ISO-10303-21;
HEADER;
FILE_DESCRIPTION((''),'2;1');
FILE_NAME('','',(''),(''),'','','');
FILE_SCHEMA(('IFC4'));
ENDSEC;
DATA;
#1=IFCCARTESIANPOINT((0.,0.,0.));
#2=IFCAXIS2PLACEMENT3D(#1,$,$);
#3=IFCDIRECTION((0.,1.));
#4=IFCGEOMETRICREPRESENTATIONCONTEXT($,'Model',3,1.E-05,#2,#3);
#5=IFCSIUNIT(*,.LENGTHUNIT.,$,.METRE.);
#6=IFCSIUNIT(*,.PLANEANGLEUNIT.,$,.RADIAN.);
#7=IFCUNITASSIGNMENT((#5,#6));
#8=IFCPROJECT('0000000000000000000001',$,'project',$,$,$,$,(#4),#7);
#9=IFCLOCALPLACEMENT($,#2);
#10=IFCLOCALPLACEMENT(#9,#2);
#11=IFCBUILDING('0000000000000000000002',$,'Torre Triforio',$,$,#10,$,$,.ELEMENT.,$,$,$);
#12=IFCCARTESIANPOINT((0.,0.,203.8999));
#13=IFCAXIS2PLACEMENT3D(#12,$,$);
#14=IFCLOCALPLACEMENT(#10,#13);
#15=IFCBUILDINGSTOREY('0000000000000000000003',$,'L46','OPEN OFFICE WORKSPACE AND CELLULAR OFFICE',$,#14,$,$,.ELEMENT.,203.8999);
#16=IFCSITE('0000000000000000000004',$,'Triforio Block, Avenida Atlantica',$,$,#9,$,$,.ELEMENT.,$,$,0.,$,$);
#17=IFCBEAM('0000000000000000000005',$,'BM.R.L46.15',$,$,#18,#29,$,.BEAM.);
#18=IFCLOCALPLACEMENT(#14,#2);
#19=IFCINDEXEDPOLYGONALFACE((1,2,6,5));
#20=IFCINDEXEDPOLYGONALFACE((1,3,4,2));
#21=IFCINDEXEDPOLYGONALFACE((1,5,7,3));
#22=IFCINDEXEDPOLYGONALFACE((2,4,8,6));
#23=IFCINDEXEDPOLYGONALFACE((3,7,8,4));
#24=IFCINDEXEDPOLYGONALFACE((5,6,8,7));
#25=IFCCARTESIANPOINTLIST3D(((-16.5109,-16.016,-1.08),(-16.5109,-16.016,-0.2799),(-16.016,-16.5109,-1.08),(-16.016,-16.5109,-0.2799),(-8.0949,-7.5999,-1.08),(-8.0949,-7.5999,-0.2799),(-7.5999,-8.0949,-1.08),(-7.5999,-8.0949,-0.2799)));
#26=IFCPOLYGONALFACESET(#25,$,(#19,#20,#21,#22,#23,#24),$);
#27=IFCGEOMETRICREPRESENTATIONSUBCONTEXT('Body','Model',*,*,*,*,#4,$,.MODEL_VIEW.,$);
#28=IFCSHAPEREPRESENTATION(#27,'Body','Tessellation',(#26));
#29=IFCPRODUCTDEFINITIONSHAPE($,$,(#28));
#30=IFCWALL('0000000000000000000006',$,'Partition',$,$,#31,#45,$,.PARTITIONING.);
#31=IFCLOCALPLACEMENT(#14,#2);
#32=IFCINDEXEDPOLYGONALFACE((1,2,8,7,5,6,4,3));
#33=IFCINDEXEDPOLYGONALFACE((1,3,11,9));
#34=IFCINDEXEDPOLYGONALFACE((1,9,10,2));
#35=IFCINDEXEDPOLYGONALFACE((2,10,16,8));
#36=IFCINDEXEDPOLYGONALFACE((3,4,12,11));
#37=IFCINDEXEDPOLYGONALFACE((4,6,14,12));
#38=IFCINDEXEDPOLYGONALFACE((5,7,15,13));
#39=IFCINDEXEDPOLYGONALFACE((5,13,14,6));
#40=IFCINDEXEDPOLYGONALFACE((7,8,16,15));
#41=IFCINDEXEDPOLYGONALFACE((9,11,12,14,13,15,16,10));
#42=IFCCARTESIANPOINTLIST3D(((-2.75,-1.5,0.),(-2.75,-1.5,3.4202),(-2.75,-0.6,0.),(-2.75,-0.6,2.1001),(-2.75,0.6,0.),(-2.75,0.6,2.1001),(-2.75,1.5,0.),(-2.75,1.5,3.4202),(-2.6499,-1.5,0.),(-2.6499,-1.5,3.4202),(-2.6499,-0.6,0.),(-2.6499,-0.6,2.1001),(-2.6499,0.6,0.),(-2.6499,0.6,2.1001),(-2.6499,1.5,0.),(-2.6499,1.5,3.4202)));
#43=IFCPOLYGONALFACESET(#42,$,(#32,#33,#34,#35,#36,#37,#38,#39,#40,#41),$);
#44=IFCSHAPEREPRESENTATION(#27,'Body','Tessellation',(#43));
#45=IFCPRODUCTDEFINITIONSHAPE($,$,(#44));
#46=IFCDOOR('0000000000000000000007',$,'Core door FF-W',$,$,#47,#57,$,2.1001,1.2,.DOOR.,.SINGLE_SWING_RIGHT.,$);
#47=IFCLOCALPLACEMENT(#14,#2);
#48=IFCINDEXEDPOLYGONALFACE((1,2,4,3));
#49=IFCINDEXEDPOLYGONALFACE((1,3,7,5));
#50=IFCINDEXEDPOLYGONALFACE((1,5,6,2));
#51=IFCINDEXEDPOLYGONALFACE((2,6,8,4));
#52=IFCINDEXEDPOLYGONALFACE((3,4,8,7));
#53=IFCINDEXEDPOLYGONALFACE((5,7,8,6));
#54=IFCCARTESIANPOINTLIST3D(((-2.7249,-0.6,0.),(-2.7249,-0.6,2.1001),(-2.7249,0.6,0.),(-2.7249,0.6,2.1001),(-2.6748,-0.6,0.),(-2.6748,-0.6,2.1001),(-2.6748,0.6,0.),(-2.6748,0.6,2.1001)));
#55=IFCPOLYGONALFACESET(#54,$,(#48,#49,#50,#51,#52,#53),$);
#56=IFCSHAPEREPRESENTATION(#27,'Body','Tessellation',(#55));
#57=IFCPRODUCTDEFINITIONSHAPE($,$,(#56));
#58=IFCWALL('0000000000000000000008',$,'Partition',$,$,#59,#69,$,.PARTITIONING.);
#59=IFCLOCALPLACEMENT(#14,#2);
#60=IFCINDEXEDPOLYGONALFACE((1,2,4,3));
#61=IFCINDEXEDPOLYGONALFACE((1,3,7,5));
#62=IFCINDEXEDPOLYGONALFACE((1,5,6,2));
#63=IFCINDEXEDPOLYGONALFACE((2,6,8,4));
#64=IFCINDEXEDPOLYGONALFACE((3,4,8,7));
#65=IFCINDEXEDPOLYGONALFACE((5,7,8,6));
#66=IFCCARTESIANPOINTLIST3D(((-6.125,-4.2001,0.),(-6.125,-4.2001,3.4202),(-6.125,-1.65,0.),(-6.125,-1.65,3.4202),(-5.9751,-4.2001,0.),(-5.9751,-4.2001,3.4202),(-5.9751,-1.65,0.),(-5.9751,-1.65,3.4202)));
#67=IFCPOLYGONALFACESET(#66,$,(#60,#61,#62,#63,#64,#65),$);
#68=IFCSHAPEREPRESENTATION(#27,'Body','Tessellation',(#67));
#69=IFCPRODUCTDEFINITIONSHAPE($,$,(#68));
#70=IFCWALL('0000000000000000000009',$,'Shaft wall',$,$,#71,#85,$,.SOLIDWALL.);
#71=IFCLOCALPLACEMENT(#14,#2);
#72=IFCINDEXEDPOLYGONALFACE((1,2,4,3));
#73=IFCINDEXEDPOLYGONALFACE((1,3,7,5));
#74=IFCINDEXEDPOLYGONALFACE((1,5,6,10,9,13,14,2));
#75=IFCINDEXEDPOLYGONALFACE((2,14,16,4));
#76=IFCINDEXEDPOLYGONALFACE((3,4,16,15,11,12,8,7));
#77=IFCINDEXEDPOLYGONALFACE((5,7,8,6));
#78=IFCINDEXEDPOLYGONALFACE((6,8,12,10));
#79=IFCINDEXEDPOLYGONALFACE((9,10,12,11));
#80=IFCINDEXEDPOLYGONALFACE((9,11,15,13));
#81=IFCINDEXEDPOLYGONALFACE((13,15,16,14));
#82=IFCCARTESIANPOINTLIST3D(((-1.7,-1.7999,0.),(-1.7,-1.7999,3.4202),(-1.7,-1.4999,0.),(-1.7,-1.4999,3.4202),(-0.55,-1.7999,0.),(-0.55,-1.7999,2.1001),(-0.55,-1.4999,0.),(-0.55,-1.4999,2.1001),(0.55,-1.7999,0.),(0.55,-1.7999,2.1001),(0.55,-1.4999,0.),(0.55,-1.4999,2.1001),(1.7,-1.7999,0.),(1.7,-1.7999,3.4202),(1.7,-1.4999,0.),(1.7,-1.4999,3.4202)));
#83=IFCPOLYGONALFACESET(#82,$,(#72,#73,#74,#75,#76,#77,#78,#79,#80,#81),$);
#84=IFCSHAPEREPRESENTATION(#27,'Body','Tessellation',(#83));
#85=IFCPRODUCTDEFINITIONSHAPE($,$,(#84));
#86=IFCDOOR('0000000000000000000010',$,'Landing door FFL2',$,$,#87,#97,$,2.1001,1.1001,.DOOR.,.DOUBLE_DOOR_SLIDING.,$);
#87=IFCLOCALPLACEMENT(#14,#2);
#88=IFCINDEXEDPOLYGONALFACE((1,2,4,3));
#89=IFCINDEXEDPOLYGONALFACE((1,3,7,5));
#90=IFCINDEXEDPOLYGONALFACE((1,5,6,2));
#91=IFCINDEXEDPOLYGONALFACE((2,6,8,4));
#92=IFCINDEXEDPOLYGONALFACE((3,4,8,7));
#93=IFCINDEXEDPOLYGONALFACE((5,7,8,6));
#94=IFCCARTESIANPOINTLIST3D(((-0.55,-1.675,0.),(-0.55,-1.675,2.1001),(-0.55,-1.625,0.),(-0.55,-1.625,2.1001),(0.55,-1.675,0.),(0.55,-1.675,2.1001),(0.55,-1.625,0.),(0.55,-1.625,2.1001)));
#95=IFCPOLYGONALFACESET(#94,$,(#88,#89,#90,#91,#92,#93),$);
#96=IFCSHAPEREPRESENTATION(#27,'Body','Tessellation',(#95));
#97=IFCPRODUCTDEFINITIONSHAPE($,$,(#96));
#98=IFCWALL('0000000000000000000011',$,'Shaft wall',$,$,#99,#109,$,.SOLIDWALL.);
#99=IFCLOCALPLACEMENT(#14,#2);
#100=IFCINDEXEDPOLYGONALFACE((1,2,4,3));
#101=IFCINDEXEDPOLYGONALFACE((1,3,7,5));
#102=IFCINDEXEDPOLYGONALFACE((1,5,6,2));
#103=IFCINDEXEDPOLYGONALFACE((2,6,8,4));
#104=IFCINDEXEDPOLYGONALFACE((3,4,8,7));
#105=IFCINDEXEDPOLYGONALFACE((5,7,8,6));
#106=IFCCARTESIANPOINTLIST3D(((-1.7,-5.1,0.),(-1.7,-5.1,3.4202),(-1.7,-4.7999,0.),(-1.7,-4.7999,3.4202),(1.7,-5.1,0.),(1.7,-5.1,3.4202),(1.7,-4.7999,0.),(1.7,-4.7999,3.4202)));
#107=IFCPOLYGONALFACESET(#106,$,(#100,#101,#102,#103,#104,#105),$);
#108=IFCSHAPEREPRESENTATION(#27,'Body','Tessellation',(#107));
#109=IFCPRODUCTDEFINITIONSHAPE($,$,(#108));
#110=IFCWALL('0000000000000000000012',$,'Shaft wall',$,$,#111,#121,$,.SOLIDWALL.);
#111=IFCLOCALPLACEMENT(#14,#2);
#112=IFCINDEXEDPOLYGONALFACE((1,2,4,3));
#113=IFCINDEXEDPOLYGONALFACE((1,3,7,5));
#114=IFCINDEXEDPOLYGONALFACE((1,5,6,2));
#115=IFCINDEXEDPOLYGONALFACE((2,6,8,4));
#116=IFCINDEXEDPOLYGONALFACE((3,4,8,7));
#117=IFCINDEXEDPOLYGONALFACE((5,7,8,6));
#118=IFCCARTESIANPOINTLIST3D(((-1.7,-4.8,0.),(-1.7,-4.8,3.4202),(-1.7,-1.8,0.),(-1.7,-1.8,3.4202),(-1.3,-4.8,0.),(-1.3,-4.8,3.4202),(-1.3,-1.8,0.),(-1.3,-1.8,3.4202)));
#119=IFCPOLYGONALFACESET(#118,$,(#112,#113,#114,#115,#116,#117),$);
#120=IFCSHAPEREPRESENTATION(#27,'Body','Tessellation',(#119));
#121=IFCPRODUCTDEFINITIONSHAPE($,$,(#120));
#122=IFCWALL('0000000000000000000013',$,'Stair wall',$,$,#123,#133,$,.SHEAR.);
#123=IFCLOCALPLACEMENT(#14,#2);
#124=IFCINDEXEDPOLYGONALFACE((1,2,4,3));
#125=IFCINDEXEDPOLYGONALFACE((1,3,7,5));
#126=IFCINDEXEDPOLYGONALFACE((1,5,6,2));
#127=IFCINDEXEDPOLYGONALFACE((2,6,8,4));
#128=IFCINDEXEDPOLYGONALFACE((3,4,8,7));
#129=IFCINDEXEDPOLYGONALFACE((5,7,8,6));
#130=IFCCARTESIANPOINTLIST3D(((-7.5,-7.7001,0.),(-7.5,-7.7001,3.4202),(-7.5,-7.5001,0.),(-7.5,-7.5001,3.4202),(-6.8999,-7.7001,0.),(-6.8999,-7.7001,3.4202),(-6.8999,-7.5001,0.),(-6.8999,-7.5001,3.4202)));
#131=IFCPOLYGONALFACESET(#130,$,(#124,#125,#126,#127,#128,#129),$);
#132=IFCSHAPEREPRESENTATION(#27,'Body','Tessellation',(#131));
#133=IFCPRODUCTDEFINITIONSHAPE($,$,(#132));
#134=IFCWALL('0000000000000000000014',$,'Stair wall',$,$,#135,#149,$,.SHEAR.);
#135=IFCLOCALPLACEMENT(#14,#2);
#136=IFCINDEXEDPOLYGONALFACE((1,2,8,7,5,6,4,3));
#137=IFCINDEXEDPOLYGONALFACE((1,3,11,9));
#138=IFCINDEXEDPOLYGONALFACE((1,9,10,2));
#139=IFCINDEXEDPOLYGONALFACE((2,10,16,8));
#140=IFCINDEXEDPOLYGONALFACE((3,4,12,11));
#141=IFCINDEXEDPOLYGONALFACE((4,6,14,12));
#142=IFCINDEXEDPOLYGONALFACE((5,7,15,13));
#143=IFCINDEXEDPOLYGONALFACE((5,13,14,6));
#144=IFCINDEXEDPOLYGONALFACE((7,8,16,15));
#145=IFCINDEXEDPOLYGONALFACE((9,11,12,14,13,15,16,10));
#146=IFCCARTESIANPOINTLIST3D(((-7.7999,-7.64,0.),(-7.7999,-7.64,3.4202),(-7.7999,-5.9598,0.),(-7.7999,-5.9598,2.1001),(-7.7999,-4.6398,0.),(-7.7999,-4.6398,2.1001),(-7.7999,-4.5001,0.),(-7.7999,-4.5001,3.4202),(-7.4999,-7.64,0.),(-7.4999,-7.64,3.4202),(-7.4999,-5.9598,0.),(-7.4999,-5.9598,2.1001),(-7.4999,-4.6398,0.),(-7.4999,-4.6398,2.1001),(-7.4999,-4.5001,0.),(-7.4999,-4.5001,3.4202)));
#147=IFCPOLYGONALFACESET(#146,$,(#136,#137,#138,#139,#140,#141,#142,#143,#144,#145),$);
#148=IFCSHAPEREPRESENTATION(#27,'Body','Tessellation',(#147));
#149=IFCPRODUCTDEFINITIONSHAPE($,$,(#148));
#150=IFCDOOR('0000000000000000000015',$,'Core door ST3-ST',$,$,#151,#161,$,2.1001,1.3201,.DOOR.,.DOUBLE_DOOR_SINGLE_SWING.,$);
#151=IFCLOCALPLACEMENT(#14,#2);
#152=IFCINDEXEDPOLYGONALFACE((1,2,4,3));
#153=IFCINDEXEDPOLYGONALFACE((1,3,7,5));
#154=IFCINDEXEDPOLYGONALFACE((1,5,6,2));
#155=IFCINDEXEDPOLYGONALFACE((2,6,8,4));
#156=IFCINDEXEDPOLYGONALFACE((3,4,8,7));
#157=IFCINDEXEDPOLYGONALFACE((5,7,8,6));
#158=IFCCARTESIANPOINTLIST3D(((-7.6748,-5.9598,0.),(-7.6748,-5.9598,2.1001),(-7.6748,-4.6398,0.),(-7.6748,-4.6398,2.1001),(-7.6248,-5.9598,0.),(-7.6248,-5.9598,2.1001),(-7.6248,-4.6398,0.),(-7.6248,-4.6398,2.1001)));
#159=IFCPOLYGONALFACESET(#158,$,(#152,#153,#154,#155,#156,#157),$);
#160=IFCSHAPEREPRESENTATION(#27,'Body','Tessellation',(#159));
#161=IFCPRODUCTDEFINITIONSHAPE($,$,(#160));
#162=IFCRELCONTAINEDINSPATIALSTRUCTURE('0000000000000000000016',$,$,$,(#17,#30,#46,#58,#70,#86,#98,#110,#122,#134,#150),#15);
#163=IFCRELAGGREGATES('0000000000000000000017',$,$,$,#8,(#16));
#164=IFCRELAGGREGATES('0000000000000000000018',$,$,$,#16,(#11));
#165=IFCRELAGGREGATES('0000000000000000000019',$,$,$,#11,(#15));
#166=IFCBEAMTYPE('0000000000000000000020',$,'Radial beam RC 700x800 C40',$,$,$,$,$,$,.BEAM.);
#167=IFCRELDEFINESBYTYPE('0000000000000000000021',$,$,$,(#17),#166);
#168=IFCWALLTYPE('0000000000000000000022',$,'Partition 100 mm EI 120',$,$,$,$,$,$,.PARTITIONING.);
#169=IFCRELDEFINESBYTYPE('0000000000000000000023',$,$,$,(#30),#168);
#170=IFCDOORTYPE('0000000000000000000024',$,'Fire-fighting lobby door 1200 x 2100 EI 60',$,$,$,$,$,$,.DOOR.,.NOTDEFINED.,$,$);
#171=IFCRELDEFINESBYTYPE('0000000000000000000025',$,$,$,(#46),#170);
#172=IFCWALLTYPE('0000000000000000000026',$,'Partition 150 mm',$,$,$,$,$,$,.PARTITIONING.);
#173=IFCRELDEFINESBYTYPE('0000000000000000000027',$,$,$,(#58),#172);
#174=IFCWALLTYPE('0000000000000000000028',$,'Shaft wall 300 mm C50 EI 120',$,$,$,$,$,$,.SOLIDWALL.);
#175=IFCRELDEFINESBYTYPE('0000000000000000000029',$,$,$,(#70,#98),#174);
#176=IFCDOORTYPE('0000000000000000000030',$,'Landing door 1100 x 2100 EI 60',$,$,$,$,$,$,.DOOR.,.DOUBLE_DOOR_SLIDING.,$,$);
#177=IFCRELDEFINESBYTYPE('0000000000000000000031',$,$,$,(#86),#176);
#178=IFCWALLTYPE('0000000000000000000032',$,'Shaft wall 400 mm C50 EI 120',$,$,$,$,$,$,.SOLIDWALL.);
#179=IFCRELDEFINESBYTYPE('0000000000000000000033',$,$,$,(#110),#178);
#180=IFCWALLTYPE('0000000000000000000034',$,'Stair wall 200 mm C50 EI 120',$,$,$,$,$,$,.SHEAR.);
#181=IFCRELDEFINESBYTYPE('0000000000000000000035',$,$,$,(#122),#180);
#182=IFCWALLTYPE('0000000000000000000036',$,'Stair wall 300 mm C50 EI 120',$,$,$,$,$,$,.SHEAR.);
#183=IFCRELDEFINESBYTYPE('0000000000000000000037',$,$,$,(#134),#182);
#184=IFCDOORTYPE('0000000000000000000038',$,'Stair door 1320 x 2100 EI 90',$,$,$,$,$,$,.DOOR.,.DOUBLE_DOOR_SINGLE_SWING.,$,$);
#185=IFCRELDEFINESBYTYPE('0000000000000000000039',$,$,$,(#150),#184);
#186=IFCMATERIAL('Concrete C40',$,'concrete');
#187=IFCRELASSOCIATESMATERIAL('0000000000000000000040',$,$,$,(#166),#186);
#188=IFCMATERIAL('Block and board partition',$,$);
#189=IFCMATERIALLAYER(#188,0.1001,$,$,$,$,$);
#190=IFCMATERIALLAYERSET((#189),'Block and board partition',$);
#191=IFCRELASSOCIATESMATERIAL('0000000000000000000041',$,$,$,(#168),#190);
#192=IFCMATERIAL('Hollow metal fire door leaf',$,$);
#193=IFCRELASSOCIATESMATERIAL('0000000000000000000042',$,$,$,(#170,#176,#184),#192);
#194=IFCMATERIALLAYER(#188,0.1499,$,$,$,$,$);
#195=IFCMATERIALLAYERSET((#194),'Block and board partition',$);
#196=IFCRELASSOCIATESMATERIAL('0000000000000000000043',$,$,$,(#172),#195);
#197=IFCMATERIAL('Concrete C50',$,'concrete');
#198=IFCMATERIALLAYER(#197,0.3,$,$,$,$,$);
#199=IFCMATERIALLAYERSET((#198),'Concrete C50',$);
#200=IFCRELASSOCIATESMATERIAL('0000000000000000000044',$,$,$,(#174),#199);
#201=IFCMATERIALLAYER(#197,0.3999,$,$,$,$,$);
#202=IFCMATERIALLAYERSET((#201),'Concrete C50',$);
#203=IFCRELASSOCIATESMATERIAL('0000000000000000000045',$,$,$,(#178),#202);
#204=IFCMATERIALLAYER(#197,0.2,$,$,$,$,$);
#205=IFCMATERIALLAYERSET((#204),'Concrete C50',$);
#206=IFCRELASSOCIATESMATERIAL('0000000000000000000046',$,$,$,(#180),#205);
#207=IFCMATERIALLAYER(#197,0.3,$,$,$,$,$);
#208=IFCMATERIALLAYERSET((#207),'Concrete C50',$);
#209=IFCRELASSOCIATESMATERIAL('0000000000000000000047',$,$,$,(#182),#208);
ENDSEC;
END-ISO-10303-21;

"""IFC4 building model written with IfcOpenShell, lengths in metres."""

from ifc_helpers import new_model, si_unit, direction, frame, frame_2d, origin, origin_2d, place, context, subcontext, project, spatial, rectangle, extrude, material, layer, layer_set, material_profile, profile_set, type_object, element, fill, save


model = new_model("IFC4")

# Units and contexts
model_context = context("Model", 3, precision=1e-05, world=origin(), true_north=direction((0.0, 1.0)))
body_context = subcontext(model_context, "Body", "Model", "MODEL_VIEW")
ifc_project = project(units=[si_unit("LENGTHUNIT", "METRE"), si_unit("PLANEANGLEUNIT", "RADIAN")], contexts=[model_context])

# Site, building, storey
site_placement = place(None, origin())
site = spatial("IfcSite", under=ifc_project, at=site_placement, Name="Triforio Block, Avenida Atlantica", CompositionType="ELEMENT", RefElevation=0.0)
building_placement = place(site_placement, origin())
building = spatial("IfcBuilding", under=site, at=building_placement, Name="Torre Triforio", CompositionType="ELEMENT")
storey_placement = place(building_placement, frame((0.0, 0.0, 203.8999)))
storey = spatial("IfcBuildingStorey", under=building, at=storey_placement, Name="L46", Description="OPEN OFFICE WORKSPACE AND CELLULAR OFFICE", CompositionType="ELEMENT", Elevation=203.8999)

# Beam
ifc_material_1 = material(Name="Concrete C40", Category="concrete")
ifc_material_profile = material_profile(ifc_material_1, rectangle(XDim=0.7, YDim=0.8, at=origin_2d()), Name="RC 700x800")
ifc_profile_set = profile_set([ifc_material_profile], Name="Concrete C40")
beam_type = type_object("IfcBeamType", Name="Radial beam RC 700x800 C40", PredefinedType="BEAM", material=ifc_profile_set)
beam_placement = place(storey_placement, frame((-7.8474, -7.8474, -0.6799), z_axis=(-0.707107, -0.707107, 0.0), x_axis=(0.707107, -0.707107, 0.0)))
element("IfcBeam", 1, at=beam_placement, inside=storey, type_object=beam_type, Name="BM.R.L46.15", PredefinedType="BEAM", context=body_context, shape_type="SweptSolid", body=[
    extrude(rectangle(XDim=0.7, YDim=0.8, at=origin_2d()), origin(), (0.0, 0.0, 1.0), 11.9021),
])

# Wall, opening, door
ifc_material_2 = material(Name="Block and board partition")
ifc_layer_1 = layer(ifc_material_2, 0.1001)
ifc_layer_set_1 = layer_set([ifc_layer_1], Name="Block and board partition")
wall_type_1 = type_object("IfcWallType", Name="Partition 100 mm EI 120", PredefinedType="PARTITIONING", material=ifc_layer_set_1)
wall_1_placement = place(storey_placement, frame((-2.7, -1.5, 0.0), z_axis=(0.0, 0.0, 1.0), x_axis=(0.0, 1.0, 0.0)))
wall_1 = element("IfcWall", 2, at=wall_1_placement, inside=storey, type_object=wall_type_1, Name="Partition", PredefinedType="PARTITIONING", context=body_context, shape_type="SweptSolid", body=[
    extrude(rectangle(XDim=3.0, YDim=0.1001, at=frame_2d((1.5, 0.0))), origin(), (0.0, 0.0, 1.0), 3.4202),
])
opening_1_placement = place(wall_1_placement, frame((0.8999, 0.0, 0.0)))
opening_1 = element("IfcOpeningElement", 3, at=opening_1_placement, cuts=wall_1, PredefinedType="OPENING", context=body_context, shape_type="SweptSolid", body=[
    extrude(rectangle(XDim=1.2, YDim=2.1001, at=frame_2d((0.6001, 1.05))), frame((0.0, 0.0601, 0.0), z_axis=(0.0, -1.0, 0.0), x_axis=(1.0, 0.0, 0.0)), (0.0, 0.0, 1.0), 0.1201),
])
ifc_material_3 = material(Name="Hollow metal fire door leaf")
door_type_1 = type_object("IfcDoorType", Name="Fire-fighting lobby door 1200 x 2100 EI 60", OperationType="NOTDEFINED", PredefinedType="DOOR", material=ifc_material_3)
door_1_placement = place(opening_1_placement, origin())
door_1 = element("IfcDoor", 4, at=door_1_placement, inside=storey, type_object=door_type_1, Name="Core door FF-W", OperationType="SINGLE_SWING_RIGHT", OverallHeight=2.1001, OverallWidth=1.2, PredefinedType="DOOR", context=body_context, shape_type="SweptSolid", body=[
    extrude(rectangle(XDim=1.2, YDim=2.1001, at=frame_2d((0.6001, 1.05))), frame((0.0, 0.0249, 0.0), z_axis=(0.0, -1.0, 0.0), x_axis=(1.0, 0.0, 0.0)), (0.0, 0.0, 1.0), 0.05),
])
fill(opening_1, door_1)

# Wall
ifc_layer_2 = layer(ifc_material_2, 0.1499)
ifc_layer_set_2 = layer_set([ifc_layer_2], Name="Block and board partition")
wall_type_2 = type_object("IfcWallType", Name="Partition 150 mm", PredefinedType="PARTITIONING", material=ifc_layer_set_2)
wall_2_placement = place(storey_placement, frame((-6.05, -4.2, 0.0), z_axis=(0.0, 0.0, 1.0), x_axis=(0.0, 1.0, 0.0)))
element("IfcWall", 5, at=wall_2_placement, inside=storey, type_object=wall_type_2, Name="Partition", PredefinedType="PARTITIONING", context=body_context, shape_type="SweptSolid", body=[
    extrude(rectangle(XDim=2.55, YDim=0.1499, at=frame_2d((1.2749, 0.0))), origin(), (0.0, 0.0, 1.0), 3.4202),
])

# Wall, opening, door
ifc_material_4 = material(Name="Concrete C50", Category="concrete")
ifc_layer_3 = layer(ifc_material_4, 0.3)
ifc_layer_set_3 = layer_set([ifc_layer_3], Name="Concrete C50")
wall_type_3 = type_object("IfcWallType", Name="Shaft wall 300 mm C50 EI 120", PredefinedType="SOLIDWALL", material=ifc_layer_set_3)
wall_3_placement = place(storey_placement, frame((-1.7, -1.6499, 0.0), z_axis=(0.0, 0.0, 1.0), x_axis=(1.0, 0.0, 0.0)))
wall_3 = element("IfcWall", 6, at=wall_3_placement, inside=storey, type_object=wall_type_3, Name="Shaft wall", PredefinedType="SOLIDWALL", context=body_context, shape_type="SweptSolid", body=[
    extrude(rectangle(XDim=3.3999, YDim=0.3, at=frame_2d((1.7, 0.0))), origin(), (0.0, 0.0, 1.0), 3.4202),
])
opening_2_placement = place(wall_3_placement, frame((1.1499, 0.0, 0.0)))
opening_2 = element("IfcOpeningElement", 7, at=opening_2_placement, cuts=wall_3, PredefinedType="OPENING", context=body_context, shape_type="SweptSolid", body=[
    extrude(rectangle(XDim=1.1001, YDim=2.1001, at=frame_2d((0.55, 1.05))), frame((0.0, 0.1599, 0.0), z_axis=(0.0, -1.0, 0.0), x_axis=(1.0, 0.0, 0.0)), (0.0, 0.0, 1.0), 0.3201),
])
door_type_2 = type_object("IfcDoorType", Name="Landing door 1100 x 2100 EI 60", OperationType="DOUBLE_DOOR_SLIDING", PredefinedType="DOOR", material=ifc_material_3)
door_2_placement = place(opening_2_placement, origin())
door_2 = element("IfcDoor", 8, at=door_2_placement, inside=storey, type_object=door_type_2, Name="Landing door FFL2", OperationType="DOUBLE_DOOR_SLIDING", OverallHeight=2.1001, OverallWidth=1.1001, PredefinedType="DOOR", context=body_context, shape_type="SweptSolid", body=[
    extrude(rectangle(XDim=1.1001, YDim=2.1001, at=frame_2d((0.55, 1.05))), frame((0.0, 0.0249, 0.0), z_axis=(0.0, -1.0, 0.0), x_axis=(1.0, 0.0, 0.0)), (0.0, 0.0, 1.0), 0.05),
])
fill(opening_2, door_2)

# Walls
wall_4_placement = place(storey_placement, frame((-1.7, -4.95, 0.0), z_axis=(0.0, 0.0, 1.0), x_axis=(1.0, 0.0, 0.0)))
element("IfcWall", 9, at=wall_4_placement, inside=storey, type_object=wall_type_3, Name="Shaft wall", PredefinedType="SOLIDWALL", context=body_context, shape_type="SweptSolid", body=[
    extrude(rectangle(XDim=3.3999, YDim=0.3, at=frame_2d((1.7, 0.0))), origin(), (0.0, 0.0, 1.0), 3.4202),
])
ifc_layer_4 = layer(ifc_material_4, 0.3999)
ifc_layer_set_4 = layer_set([ifc_layer_4], Name="Concrete C50")
wall_type_4 = type_object("IfcWallType", Name="Shaft wall 400 mm C50 EI 120", PredefinedType="SOLIDWALL", material=ifc_layer_set_4)
wall_5_placement = place(storey_placement, frame((-1.5, -4.8, 0.0), z_axis=(0.0, 0.0, 1.0), x_axis=(0.0, 1.0, 0.0)))
element("IfcWall", 10, at=wall_5_placement, inside=storey, type_object=wall_type_4, Name="Shaft wall", PredefinedType="SOLIDWALL", context=body_context, shape_type="SweptSolid", body=[
    extrude(rectangle(XDim=3.0, YDim=0.3999, at=frame_2d((1.5, 0.0))), origin(), (0.0, 0.0, 1.0), 3.4202),
])
ifc_layer_5 = layer(ifc_material_4, 0.2)
ifc_layer_set_5 = layer_set([ifc_layer_5], Name="Concrete C50")
wall_type_5 = type_object("IfcWallType", Name="Stair wall 200 mm C50 EI 120", PredefinedType="SHEAR", material=ifc_layer_set_5)
wall_6_placement = place(storey_placement, frame((-7.5, -7.6001, 0.0), z_axis=(0.0, 0.0, 1.0), x_axis=(1.0, 0.0, 0.0)))
element("IfcWall", 11, at=wall_6_placement, inside=storey, type_object=wall_type_5, Name="Stair wall", PredefinedType="SHEAR", context=body_context, shape_type="SweptSolid", body=[
    extrude(rectangle(XDim=0.6001, YDim=0.2, at=frame_2d((0.3, 0.0))), origin(), (0.0, 0.0, 1.0), 3.4202),
])

# Wall, opening, door
ifc_layer_6 = layer(ifc_material_4, 0.3)
ifc_layer_set_6 = layer_set([ifc_layer_6], Name="Concrete C50")
wall_type_6 = type_object("IfcWallType", Name="Stair wall 300 mm C50 EI 120", PredefinedType="SHEAR", material=ifc_layer_set_6)
wall_7_placement = place(storey_placement, frame((-7.6499, -7.6399, 0.0), z_axis=(0.0, 0.0, 1.0), x_axis=(0.0, 1.0, 0.0)))
wall_7 = element("IfcWall", 12, at=wall_7_placement, inside=storey, type_object=wall_type_6, Name="Stair wall", PredefinedType="SHEAR", context=body_context, shape_type="SweptSolid", body=[
    extrude(rectangle(XDim=3.1399, YDim=0.3, at=frame_2d((1.5698, 0.0))), origin(), (0.0, 0.0, 1.0), 3.4202),
])
opening_3_placement = place(wall_7_placement, frame((1.6799, 0.0, 0.0)))
opening_3 = element("IfcOpeningElement", 13, at=opening_3_placement, cuts=wall_7, PredefinedType="OPENING", context=body_context, shape_type="SweptSolid", body=[
    extrude(rectangle(XDim=1.3201, YDim=2.1001, at=frame_2d((0.6602, 1.05))), frame((0.0, 0.1599, 0.0), z_axis=(0.0, -1.0, 0.0), x_axis=(1.0, 0.0, 0.0)), (0.0, 0.0, 1.0), 0.3201),
])
door_type_3 = type_object("IfcDoorType", Name="Stair door 1320 x 2100 EI 90", OperationType="DOUBLE_DOOR_SINGLE_SWING", PredefinedType="DOOR", material=ifc_material_3)
door_3_placement = place(opening_3_placement, origin())
door_3 = element("IfcDoor", 14, at=door_3_placement, inside=storey, type_object=door_type_3, Name="Core door ST3-ST", OperationType="DOUBLE_DOOR_SINGLE_SWING", OverallHeight=2.1001, OverallWidth=1.3201, PredefinedType="DOOR", context=body_context, shape_type="SweptSolid", body=[
    extrude(rectangle(XDim=1.3201, YDim=2.1001, at=frame_2d((0.6602, 1.05))), frame((0.0, 0.0249, 0.0), z_axis=(0.0, -1.0, 0.0), x_axis=(1.0, 0.0, 0.0)), (0.0, 0.0, 1.0), 0.05),
])
fill(opening_3, door_3)

save(model, "model.ifc")
